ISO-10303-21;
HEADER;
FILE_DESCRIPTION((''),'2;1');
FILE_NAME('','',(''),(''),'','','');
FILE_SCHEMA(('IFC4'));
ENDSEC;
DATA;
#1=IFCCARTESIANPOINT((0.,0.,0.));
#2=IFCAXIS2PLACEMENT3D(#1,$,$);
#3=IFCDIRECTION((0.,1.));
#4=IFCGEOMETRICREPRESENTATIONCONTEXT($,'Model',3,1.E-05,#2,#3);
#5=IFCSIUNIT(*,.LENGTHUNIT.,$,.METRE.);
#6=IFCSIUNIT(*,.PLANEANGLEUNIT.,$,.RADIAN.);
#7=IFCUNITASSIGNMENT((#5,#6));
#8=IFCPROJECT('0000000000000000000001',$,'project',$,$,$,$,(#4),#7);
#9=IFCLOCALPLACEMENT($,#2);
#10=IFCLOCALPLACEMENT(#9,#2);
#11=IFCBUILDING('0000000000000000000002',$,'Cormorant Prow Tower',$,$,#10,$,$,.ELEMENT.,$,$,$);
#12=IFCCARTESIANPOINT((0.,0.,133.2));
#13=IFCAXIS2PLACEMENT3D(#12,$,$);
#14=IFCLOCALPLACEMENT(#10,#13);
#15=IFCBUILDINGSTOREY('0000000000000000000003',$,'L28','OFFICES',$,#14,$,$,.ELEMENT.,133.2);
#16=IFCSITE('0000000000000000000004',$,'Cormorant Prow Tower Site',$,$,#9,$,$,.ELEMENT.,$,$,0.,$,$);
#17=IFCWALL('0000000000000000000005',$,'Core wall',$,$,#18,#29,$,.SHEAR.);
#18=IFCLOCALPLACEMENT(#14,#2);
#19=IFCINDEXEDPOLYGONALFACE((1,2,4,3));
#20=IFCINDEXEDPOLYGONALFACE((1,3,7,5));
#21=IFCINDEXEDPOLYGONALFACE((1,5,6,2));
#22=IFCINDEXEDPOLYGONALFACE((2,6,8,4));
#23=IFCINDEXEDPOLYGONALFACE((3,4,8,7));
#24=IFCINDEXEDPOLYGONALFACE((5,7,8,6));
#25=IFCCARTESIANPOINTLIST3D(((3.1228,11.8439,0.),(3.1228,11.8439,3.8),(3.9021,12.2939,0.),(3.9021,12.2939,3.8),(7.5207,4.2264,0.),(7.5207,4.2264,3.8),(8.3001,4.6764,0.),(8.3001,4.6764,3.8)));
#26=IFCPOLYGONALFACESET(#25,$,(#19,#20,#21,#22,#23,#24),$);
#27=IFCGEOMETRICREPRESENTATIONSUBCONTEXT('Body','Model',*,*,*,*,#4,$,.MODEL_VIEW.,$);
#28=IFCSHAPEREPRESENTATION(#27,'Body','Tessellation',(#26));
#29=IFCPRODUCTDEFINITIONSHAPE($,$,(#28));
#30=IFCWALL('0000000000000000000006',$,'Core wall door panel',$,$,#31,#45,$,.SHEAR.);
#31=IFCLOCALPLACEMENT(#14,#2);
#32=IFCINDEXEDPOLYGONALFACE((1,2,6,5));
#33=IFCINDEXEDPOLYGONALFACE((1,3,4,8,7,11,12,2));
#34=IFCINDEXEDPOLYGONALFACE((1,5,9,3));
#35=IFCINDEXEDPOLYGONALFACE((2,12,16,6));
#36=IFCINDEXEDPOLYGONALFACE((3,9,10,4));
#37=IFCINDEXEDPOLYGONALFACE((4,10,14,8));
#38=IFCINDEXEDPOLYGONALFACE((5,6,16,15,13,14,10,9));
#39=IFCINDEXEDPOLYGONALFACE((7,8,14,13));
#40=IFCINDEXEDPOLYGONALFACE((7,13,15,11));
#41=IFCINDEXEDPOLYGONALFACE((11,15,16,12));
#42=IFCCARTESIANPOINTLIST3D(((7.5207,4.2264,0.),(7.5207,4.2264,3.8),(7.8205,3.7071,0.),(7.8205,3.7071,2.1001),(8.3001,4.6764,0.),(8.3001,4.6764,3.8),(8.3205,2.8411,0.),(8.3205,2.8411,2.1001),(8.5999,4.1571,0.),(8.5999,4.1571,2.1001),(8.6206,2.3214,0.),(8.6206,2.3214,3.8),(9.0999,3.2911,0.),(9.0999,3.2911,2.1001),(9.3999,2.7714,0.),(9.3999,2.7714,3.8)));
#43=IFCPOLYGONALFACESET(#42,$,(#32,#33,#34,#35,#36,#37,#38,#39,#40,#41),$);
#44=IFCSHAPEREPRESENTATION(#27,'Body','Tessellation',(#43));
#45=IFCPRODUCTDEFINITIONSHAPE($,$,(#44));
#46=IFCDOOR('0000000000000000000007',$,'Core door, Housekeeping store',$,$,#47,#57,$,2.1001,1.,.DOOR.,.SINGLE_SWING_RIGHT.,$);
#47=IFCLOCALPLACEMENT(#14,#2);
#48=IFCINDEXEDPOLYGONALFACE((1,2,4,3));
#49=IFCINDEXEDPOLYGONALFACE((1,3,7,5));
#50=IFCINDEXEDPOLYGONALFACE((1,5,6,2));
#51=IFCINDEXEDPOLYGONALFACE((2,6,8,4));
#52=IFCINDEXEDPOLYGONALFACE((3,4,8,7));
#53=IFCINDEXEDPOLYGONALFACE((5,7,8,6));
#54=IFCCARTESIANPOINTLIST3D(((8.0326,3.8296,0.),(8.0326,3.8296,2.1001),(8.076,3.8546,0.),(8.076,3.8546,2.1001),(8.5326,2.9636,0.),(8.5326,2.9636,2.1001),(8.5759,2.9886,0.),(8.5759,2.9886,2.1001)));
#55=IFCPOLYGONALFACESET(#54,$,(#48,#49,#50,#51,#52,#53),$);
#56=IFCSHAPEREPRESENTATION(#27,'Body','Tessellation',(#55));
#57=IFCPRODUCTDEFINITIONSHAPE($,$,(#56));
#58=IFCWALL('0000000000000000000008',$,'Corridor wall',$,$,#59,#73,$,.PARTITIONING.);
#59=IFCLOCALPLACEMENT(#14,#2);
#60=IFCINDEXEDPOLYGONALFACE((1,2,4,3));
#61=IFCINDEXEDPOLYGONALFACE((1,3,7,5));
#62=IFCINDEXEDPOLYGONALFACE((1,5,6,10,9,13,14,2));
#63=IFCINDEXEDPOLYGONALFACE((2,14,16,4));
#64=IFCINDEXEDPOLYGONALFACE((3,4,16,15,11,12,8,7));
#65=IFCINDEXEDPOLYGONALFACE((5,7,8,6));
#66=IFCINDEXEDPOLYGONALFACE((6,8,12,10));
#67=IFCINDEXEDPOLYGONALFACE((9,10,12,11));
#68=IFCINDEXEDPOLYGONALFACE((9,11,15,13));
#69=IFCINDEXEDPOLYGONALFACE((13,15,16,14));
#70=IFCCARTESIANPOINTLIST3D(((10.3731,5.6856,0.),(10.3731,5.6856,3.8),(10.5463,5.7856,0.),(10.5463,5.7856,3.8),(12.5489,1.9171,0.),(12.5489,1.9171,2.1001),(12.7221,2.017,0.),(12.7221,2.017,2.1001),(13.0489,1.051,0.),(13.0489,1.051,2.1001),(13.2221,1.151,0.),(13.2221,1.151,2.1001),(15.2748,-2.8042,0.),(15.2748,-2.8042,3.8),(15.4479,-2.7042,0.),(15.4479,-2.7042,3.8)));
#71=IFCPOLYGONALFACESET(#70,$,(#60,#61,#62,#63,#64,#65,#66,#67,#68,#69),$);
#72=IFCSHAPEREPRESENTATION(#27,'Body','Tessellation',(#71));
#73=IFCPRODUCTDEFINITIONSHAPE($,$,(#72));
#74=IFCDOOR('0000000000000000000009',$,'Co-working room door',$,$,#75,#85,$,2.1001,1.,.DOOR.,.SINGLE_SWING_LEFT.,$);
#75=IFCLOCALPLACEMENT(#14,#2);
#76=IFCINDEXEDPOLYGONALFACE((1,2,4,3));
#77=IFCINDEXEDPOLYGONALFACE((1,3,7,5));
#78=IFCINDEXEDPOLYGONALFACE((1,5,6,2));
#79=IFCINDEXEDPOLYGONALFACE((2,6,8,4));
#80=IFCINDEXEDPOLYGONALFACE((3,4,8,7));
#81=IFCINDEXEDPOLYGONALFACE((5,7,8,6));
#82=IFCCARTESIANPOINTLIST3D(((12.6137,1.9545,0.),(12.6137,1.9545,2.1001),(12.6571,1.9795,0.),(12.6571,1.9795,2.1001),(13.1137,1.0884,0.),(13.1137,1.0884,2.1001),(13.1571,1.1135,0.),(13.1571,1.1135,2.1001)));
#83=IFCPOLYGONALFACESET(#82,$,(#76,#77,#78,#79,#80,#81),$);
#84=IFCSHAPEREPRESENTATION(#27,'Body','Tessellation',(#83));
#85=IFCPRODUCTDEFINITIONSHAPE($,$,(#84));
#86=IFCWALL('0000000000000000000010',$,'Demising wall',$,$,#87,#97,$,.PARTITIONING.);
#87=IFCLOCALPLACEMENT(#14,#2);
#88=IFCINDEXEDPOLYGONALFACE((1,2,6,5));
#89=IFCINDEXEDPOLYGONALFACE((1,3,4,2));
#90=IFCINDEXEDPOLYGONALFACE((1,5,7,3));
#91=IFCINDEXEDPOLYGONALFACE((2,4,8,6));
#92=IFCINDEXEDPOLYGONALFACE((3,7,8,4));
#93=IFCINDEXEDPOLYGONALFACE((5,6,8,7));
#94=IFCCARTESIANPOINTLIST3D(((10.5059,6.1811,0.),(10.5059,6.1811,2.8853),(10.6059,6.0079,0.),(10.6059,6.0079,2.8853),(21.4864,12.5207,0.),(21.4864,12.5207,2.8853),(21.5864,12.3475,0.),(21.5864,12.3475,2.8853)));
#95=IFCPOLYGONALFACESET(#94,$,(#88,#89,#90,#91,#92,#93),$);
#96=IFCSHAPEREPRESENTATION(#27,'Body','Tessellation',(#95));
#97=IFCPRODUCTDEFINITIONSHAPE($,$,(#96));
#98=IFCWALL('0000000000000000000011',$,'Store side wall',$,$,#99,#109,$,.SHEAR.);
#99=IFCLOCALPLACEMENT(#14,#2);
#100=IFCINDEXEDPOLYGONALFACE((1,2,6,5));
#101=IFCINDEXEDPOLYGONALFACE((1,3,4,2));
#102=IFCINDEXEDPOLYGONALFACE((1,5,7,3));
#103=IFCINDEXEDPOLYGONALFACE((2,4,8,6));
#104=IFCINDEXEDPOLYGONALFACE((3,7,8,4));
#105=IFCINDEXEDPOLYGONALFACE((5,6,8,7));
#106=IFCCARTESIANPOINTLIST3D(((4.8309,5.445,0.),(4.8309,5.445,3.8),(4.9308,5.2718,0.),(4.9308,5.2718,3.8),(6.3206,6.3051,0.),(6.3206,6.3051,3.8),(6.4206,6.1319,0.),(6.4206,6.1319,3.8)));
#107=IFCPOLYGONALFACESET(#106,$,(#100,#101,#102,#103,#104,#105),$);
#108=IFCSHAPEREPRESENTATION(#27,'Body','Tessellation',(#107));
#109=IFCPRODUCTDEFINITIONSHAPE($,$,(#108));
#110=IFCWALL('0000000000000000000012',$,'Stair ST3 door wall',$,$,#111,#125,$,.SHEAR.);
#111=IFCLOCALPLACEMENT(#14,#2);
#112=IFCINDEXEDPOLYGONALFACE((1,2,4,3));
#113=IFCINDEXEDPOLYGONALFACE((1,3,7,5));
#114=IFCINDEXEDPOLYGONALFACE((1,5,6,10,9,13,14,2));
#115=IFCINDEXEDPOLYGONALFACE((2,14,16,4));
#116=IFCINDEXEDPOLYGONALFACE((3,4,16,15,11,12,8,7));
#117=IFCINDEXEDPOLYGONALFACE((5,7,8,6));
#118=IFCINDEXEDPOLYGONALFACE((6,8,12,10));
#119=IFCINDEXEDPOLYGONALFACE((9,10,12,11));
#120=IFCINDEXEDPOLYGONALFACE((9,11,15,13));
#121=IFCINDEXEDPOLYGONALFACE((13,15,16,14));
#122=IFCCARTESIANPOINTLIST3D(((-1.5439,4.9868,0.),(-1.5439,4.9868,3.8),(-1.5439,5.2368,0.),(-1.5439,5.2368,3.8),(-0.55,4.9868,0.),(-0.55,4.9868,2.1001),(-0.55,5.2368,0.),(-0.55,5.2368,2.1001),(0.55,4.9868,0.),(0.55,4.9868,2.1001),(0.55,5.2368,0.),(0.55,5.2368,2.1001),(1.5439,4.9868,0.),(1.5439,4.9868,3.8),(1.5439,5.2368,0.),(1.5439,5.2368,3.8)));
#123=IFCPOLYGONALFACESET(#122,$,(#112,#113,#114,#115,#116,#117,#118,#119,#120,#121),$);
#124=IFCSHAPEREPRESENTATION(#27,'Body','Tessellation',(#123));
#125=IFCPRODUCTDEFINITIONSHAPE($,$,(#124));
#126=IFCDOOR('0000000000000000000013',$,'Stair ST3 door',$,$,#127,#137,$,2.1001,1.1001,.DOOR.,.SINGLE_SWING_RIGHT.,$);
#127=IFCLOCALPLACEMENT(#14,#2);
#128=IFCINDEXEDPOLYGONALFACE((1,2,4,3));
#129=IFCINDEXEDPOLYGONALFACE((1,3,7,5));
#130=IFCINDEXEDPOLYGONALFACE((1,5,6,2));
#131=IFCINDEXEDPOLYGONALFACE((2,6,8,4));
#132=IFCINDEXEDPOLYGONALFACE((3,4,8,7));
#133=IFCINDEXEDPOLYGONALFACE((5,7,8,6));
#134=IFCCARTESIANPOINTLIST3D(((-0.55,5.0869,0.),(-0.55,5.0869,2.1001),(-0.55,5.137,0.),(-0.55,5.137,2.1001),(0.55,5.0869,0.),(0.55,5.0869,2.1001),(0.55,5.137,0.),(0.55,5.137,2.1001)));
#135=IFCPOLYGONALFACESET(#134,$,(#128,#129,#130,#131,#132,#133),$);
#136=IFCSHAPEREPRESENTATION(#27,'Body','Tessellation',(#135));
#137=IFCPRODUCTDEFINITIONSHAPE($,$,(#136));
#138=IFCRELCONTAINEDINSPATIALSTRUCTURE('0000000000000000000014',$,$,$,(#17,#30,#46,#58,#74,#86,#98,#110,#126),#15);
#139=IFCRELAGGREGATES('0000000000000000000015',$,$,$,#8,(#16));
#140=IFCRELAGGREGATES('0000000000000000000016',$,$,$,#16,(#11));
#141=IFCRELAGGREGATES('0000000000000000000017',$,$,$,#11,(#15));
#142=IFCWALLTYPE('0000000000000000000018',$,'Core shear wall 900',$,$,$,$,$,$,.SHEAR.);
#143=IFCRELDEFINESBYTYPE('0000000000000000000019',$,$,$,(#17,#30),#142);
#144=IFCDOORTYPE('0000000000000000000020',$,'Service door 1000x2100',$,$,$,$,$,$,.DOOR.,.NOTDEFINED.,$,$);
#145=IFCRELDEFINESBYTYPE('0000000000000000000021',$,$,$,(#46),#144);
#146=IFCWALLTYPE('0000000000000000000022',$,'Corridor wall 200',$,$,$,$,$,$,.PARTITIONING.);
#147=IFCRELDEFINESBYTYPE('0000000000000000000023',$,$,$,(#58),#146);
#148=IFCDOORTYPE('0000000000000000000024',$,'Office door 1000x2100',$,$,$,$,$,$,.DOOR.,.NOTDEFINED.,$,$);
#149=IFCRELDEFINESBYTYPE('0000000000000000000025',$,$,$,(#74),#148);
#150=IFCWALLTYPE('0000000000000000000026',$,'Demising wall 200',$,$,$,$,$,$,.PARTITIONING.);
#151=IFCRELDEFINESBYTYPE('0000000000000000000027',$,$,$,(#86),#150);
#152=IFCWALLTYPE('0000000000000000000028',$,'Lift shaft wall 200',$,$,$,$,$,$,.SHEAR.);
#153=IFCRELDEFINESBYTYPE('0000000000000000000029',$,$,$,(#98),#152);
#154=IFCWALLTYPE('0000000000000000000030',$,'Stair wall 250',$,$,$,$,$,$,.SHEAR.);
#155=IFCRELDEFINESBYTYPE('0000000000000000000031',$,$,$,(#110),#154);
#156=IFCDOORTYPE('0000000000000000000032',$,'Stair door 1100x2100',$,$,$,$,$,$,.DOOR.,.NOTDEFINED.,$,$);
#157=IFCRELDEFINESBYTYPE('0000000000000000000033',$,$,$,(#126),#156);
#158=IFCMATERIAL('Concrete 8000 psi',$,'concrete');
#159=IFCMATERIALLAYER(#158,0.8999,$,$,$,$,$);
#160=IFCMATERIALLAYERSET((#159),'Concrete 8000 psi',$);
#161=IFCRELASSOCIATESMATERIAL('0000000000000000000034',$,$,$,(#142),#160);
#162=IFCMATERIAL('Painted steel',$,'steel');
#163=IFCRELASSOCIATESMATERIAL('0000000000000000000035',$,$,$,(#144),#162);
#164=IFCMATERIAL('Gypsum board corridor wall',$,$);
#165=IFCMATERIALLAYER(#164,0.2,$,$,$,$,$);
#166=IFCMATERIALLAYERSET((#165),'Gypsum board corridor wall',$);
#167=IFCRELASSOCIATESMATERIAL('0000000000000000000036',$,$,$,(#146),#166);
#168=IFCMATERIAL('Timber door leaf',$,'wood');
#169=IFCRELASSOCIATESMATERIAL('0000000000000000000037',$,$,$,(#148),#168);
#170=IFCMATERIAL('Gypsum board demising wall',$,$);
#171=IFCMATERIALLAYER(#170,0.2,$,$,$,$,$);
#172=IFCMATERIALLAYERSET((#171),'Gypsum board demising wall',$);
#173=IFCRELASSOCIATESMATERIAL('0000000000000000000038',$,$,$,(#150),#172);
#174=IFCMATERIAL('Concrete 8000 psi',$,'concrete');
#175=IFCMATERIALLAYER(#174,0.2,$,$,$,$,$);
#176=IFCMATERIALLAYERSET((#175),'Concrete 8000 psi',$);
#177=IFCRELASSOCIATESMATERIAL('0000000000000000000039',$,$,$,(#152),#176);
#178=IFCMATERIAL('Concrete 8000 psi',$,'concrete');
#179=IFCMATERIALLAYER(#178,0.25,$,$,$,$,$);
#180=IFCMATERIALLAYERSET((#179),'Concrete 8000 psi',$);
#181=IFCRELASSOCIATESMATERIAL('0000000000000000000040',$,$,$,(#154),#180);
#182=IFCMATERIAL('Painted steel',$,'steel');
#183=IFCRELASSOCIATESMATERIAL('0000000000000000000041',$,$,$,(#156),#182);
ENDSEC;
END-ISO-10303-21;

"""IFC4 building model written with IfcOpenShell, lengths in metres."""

from ifc_helpers import new_model, si_unit, direction, frame, frame_2d, origin, place, context, subcontext, project, spatial, rectangle, extrude, material, layer, layer_set, type_object, element, fill, save


model = new_model("IFC4")

# Units and contexts
model_context = context("Model", 3, precision=1e-05, world=origin(), true_north=direction((0.0, 1.0)))
body_context = subcontext(model_context, "Body", "Model", "MODEL_VIEW")
ifc_project = project(units=[si_unit("LENGTHUNIT", "METRE"), si_unit("PLANEANGLEUNIT", "RADIAN")], contexts=[model_context])

# Site, building, storey
site_placement = place(None, origin())
site = spatial("IfcSite", under=ifc_project, at=site_placement, Name="Cormorant Prow Tower Site", CompositionType="ELEMENT", RefElevation=0.0)
building_placement = place(site_placement, origin())
building = spatial("IfcBuilding", under=site, at=building_placement, Name="Cormorant Prow Tower", CompositionType="ELEMENT")
storey_placement = place(building_placement, frame((0.0, 0.0, 133.2)))
storey = spatial("IfcBuildingStorey", under=building, at=storey_placement, Name="L28", Description="OFFICES", CompositionType="ELEMENT", Elevation=133.2)

# Wall
ifc_material_1 = material(Name="Concrete 8000 psi", Category="concrete")
ifc_layer_1 = layer(ifc_material_1, 0.8999)
ifc_layer_set_1 = layer_set([ifc_layer_1], Name="Concrete 8000 psi")
wall_type_1 = type_object("IfcWallType", Name="Core shear wall 900", PredefinedType="SHEAR", material=ifc_layer_set_1)
wall_1_placement = place(storey_placement, frame((7.9104, 4.4514, 0.0), z_axis=(0.0, 0.0, 1.0), x_axis=(-0.500002, 0.866024, 0.0)))
element("IfcWall", 1, at=wall_1_placement, inside=storey, type_object=wall_type_1, Name="Core wall", PredefinedType="SHEAR", context=body_context, shape_type="SweptSolid", body=[
    extrude(rectangle(XDim=8.7959, YDim=0.8999, at=frame_2d((4.3979, 0.0))), origin(), (0.0, 0.0, 1.0), 3.8),
])

# Walls, openings, doors
wall_2_placement = place(storey_placement, frame((9.0103, 2.5464, 0.0), z_axis=(0.0, 0.0, 1.0), x_axis=(-0.499995, 0.866028, 0.0)))
wall_2 = element("IfcWall", 2, at=wall_2_placement, inside=storey, type_object=wall_type_1, Name="Core wall door panel", PredefinedType="SHEAR", context=body_context, shape_type="SweptSolid", body=[
    extrude(rectangle(XDim=2.1997, YDim=0.8999, at=frame_2d((1.0999, 0.0))), origin(), (0.0, 0.0, 1.0), 3.8),
])
opening_1_placement = place(wall_2_placement, frame((0.6001, 0.0, 0.0)))
opening_1 = element("IfcOpeningElement", 3, at=opening_1_placement, cuts=wall_2, PredefinedType="OPENING", context=body_context, shape_type="SweptSolid", body=[
    extrude(rectangle(XDim=1.0, YDim=2.1001, at=frame_2d((0.5, 1.05))), frame((0.0, 0.46, 0.0), z_axis=(0.0, -1.0, 0.0), x_axis=(1.0, 0.0, 0.0)), (0.0, 0.0, 1.0), 0.9199),
])
ifc_material_2 = material(Name="Painted steel", Category="steel")
door_type_1 = type_object("IfcDoorType", Name="Service door 1000x2100", OperationType="NOTDEFINED", PredefinedType="DOOR", material=ifc_material_2)
door_1_placement = place(opening_1_placement, origin())
door_1 = element("IfcDoor", 4, at=door_1_placement, inside=storey, type_object=door_type_1, Name="Core door, Housekeeping store", OperationType="SINGLE_SWING_RIGHT", OverallHeight=2.1001, OverallWidth=1.0, PredefinedType="DOOR", context=body_context, shape_type="SweptSolid", body=[
    extrude(rectangle(XDim=1.0, YDim=2.1001, at=frame_2d((0.5, 1.05))), frame((0.0, 0.2051, 0.0), z_axis=(0.0, -1.0, 0.0), x_axis=(1.0, 0.0, 0.0)), (0.0, 0.0, 1.0), 0.05),
])
fill(opening_1, door_1)
ifc_material_3 = material(Name="Gypsum board corridor wall")
ifc_layer_2 = layer(ifc_material_3, 0.2)
ifc_layer_set_2 = layer_set([ifc_layer_2], Name="Gypsum board corridor wall")
wall_type_2 = type_object("IfcWallType", Name="Corridor wall 200", PredefinedType="PARTITIONING", material=ifc_layer_set_2)
wall_3_placement = place(storey_placement, frame((10.4597, 5.7356, 0.0), z_axis=(0.0, 0.0, 1.0), x_axis=(0.500004, -0.866023, 0.0)))
wall_3 = element("IfcWall", 5, at=wall_3_placement, inside=storey, type_object=wall_type_2, Name="Corridor wall", PredefinedType="PARTITIONING", context=body_context, shape_type="SweptSolid", body=[
    extrude(rectangle(XDim=9.8032, YDim=0.2, at=frame_2d((4.9016, 0.0))), origin(), (0.0, 0.0, 1.0), 3.8),
])
opening_2_placement = place(wall_3_placement, frame((4.3516, 0.0, 0.0)))
opening_2 = element("IfcOpeningElement", 6, at=opening_2_placement, cuts=wall_3, PredefinedType="OPENING", context=body_context, shape_type="SweptSolid", body=[
    extrude(rectangle(XDim=1.0, YDim=2.1001, at=frame_2d((0.5, 1.05))), frame((0.0, 0.1099, 0.0), z_axis=(0.0, -1.0, 0.0), x_axis=(1.0, 0.0, 0.0)), (0.0, 0.0, 1.0), 0.22),
])
ifc_material_4 = material(Name="Timber door leaf", Category="wood")
door_type_2 = type_object("IfcDoorType", Name="Office door 1000x2100", OperationType="NOTDEFINED", PredefinedType="DOOR", material=ifc_material_4)
door_2_placement = place(opening_2_placement, origin())
door_2 = element("IfcDoor", 7, at=door_2_placement, inside=storey, type_object=door_type_2, Name="Co-working room door", OperationType="SINGLE_SWING_LEFT", OverallHeight=2.1001, OverallWidth=1.0, PredefinedType="DOOR", context=body_context, shape_type="SweptSolid", body=[
    extrude(rectangle(XDim=1.0, YDim=2.1001, at=frame_2d((0.5, 1.05))), frame((0.0, 0.0249, 0.0), z_axis=(0.0, -1.0, 0.0), x_axis=(1.0, 0.0, 0.0)), (0.0, 0.0, 1.0), 0.05),
])
fill(opening_2, door_2)

# Walls
ifc_material_5 = material(Name="Gypsum board demising wall")
ifc_layer_3 = layer(ifc_material_5, 0.2)
ifc_layer_set_3 = layer_set([ifc_layer_3], Name="Gypsum board demising wall")
wall_type_3 = type_object("IfcWallType", Name="Demising wall 200", PredefinedType="PARTITIONING", material=ifc_layer_set_3)
wall_4_placement = place(storey_placement, frame((10.5559, 6.0945, 0.0), z_axis=(0.0, 0.0, 1.0), x_axis=(0.866025, 0.500001, 0.0)))
element("IfcWall", 8, at=wall_4_placement, inside=storey, type_object=wall_type_3, Name="Demising wall", PredefinedType="PARTITIONING", context=body_context, shape_type="SweptSolid", body=[
    extrude(rectangle(XDim=12.6792, YDim=0.2, at=frame_2d((6.3396, 0.0))), origin(), (0.0, 0.0, 1.0), 2.8853),
])
ifc_material_6 = material(Name="Concrete 8000 psi", Category="concrete")
ifc_layer_4 = layer(ifc_material_6, 0.2)
ifc_layer_set_4 = layer_set([ifc_layer_4], Name="Concrete 8000 psi")
wall_type_4 = type_object("IfcWallType", Name="Lift shaft wall 200", PredefinedType="SHEAR", material=ifc_layer_set_4)
wall_5_placement = place(storey_placement, frame((4.8809, 5.3584, 0.0), z_axis=(0.0, 0.0, 1.0), x_axis=(0.866025, 0.500001, 0.0)))
element("IfcWall", 9, at=wall_5_placement, inside=storey, type_object=wall_type_4, Name="Store side wall", PredefinedType="SHEAR", context=body_context, shape_type="SweptSolid", body=[
    extrude(rectangle(XDim=1.7202, YDim=0.2, at=frame_2d((0.8601, 0.0))), origin(), (0.0, 0.0, 1.0), 3.8),
])

# Wall, opening, door
ifc_material_7 = material(Name="Concrete 8000 psi", Category="concrete")
ifc_layer_5 = layer(ifc_material_7, 0.25)
ifc_layer_set_5 = layer_set([ifc_layer_5], Name="Concrete 8000 psi")
wall_type_5 = type_object("IfcWallType", Name="Stair wall 250", PredefinedType="SHEAR", material=ifc_layer_set_5)
wall_6_placement = place(storey_placement, frame((1.5439, 5.1118, 0.0), z_axis=(0.0, 0.0, 1.0), x_axis=(-1.0, 0.0, 0.0)))
wall_6 = element("IfcWall", 10, at=wall_6_placement, inside=storey, type_object=wall_type_5, Name="Stair ST3 door wall", PredefinedType="SHEAR", context=body_context, shape_type="SweptSolid", body=[
    extrude(rectangle(XDim=3.0879, YDim=0.25, at=frame_2d((1.5439, 0.0))), origin(), (0.0, 0.0, 1.0), 3.8),
])
opening_3_placement = place(wall_6_placement, frame((0.9939, 0.0, 0.0)))
opening_3 = element("IfcOpeningElement", 11, at=opening_3_placement, cuts=wall_6, PredefinedType="OPENING", context=body_context, shape_type="SweptSolid", body=[
    extrude(rectangle(XDim=1.1001, YDim=2.1001, at=frame_2d((0.55, 1.05))), frame((0.0, 0.135, 0.0), z_axis=(0.0, -1.0, 0.0), x_axis=(1.0, 0.0, 0.0)), (0.0, 0.0, 1.0), 0.27),
])
ifc_material_8 = material(Name="Painted steel", Category="steel")
door_type_3 = type_object("IfcDoorType", Name="Stair door 1100x2100", OperationType="NOTDEFINED", PredefinedType="DOOR", material=ifc_material_8)
door_3_placement = place(opening_3_placement, origin())
door_3 = element("IfcDoor", 12, at=door_3_placement, inside=storey, type_object=door_type_3, Name="Stair ST3 door", OperationType="SINGLE_SWING_RIGHT", OverallHeight=2.1001, OverallWidth=1.1001, PredefinedType="DOOR", context=body_context, shape_type="SweptSolid", body=[
    extrude(rectangle(XDim=1.1001, YDim=2.1001, at=frame_2d((0.55, 1.05))), frame((0.0, 0.0249, 0.0), z_axis=(0.0, -1.0, 0.0), x_axis=(1.0, 0.0, 0.0)), (0.0, 0.0, 1.0), 0.05),
])
fill(opening_3, door_3)

save(model, "model.ifc")
